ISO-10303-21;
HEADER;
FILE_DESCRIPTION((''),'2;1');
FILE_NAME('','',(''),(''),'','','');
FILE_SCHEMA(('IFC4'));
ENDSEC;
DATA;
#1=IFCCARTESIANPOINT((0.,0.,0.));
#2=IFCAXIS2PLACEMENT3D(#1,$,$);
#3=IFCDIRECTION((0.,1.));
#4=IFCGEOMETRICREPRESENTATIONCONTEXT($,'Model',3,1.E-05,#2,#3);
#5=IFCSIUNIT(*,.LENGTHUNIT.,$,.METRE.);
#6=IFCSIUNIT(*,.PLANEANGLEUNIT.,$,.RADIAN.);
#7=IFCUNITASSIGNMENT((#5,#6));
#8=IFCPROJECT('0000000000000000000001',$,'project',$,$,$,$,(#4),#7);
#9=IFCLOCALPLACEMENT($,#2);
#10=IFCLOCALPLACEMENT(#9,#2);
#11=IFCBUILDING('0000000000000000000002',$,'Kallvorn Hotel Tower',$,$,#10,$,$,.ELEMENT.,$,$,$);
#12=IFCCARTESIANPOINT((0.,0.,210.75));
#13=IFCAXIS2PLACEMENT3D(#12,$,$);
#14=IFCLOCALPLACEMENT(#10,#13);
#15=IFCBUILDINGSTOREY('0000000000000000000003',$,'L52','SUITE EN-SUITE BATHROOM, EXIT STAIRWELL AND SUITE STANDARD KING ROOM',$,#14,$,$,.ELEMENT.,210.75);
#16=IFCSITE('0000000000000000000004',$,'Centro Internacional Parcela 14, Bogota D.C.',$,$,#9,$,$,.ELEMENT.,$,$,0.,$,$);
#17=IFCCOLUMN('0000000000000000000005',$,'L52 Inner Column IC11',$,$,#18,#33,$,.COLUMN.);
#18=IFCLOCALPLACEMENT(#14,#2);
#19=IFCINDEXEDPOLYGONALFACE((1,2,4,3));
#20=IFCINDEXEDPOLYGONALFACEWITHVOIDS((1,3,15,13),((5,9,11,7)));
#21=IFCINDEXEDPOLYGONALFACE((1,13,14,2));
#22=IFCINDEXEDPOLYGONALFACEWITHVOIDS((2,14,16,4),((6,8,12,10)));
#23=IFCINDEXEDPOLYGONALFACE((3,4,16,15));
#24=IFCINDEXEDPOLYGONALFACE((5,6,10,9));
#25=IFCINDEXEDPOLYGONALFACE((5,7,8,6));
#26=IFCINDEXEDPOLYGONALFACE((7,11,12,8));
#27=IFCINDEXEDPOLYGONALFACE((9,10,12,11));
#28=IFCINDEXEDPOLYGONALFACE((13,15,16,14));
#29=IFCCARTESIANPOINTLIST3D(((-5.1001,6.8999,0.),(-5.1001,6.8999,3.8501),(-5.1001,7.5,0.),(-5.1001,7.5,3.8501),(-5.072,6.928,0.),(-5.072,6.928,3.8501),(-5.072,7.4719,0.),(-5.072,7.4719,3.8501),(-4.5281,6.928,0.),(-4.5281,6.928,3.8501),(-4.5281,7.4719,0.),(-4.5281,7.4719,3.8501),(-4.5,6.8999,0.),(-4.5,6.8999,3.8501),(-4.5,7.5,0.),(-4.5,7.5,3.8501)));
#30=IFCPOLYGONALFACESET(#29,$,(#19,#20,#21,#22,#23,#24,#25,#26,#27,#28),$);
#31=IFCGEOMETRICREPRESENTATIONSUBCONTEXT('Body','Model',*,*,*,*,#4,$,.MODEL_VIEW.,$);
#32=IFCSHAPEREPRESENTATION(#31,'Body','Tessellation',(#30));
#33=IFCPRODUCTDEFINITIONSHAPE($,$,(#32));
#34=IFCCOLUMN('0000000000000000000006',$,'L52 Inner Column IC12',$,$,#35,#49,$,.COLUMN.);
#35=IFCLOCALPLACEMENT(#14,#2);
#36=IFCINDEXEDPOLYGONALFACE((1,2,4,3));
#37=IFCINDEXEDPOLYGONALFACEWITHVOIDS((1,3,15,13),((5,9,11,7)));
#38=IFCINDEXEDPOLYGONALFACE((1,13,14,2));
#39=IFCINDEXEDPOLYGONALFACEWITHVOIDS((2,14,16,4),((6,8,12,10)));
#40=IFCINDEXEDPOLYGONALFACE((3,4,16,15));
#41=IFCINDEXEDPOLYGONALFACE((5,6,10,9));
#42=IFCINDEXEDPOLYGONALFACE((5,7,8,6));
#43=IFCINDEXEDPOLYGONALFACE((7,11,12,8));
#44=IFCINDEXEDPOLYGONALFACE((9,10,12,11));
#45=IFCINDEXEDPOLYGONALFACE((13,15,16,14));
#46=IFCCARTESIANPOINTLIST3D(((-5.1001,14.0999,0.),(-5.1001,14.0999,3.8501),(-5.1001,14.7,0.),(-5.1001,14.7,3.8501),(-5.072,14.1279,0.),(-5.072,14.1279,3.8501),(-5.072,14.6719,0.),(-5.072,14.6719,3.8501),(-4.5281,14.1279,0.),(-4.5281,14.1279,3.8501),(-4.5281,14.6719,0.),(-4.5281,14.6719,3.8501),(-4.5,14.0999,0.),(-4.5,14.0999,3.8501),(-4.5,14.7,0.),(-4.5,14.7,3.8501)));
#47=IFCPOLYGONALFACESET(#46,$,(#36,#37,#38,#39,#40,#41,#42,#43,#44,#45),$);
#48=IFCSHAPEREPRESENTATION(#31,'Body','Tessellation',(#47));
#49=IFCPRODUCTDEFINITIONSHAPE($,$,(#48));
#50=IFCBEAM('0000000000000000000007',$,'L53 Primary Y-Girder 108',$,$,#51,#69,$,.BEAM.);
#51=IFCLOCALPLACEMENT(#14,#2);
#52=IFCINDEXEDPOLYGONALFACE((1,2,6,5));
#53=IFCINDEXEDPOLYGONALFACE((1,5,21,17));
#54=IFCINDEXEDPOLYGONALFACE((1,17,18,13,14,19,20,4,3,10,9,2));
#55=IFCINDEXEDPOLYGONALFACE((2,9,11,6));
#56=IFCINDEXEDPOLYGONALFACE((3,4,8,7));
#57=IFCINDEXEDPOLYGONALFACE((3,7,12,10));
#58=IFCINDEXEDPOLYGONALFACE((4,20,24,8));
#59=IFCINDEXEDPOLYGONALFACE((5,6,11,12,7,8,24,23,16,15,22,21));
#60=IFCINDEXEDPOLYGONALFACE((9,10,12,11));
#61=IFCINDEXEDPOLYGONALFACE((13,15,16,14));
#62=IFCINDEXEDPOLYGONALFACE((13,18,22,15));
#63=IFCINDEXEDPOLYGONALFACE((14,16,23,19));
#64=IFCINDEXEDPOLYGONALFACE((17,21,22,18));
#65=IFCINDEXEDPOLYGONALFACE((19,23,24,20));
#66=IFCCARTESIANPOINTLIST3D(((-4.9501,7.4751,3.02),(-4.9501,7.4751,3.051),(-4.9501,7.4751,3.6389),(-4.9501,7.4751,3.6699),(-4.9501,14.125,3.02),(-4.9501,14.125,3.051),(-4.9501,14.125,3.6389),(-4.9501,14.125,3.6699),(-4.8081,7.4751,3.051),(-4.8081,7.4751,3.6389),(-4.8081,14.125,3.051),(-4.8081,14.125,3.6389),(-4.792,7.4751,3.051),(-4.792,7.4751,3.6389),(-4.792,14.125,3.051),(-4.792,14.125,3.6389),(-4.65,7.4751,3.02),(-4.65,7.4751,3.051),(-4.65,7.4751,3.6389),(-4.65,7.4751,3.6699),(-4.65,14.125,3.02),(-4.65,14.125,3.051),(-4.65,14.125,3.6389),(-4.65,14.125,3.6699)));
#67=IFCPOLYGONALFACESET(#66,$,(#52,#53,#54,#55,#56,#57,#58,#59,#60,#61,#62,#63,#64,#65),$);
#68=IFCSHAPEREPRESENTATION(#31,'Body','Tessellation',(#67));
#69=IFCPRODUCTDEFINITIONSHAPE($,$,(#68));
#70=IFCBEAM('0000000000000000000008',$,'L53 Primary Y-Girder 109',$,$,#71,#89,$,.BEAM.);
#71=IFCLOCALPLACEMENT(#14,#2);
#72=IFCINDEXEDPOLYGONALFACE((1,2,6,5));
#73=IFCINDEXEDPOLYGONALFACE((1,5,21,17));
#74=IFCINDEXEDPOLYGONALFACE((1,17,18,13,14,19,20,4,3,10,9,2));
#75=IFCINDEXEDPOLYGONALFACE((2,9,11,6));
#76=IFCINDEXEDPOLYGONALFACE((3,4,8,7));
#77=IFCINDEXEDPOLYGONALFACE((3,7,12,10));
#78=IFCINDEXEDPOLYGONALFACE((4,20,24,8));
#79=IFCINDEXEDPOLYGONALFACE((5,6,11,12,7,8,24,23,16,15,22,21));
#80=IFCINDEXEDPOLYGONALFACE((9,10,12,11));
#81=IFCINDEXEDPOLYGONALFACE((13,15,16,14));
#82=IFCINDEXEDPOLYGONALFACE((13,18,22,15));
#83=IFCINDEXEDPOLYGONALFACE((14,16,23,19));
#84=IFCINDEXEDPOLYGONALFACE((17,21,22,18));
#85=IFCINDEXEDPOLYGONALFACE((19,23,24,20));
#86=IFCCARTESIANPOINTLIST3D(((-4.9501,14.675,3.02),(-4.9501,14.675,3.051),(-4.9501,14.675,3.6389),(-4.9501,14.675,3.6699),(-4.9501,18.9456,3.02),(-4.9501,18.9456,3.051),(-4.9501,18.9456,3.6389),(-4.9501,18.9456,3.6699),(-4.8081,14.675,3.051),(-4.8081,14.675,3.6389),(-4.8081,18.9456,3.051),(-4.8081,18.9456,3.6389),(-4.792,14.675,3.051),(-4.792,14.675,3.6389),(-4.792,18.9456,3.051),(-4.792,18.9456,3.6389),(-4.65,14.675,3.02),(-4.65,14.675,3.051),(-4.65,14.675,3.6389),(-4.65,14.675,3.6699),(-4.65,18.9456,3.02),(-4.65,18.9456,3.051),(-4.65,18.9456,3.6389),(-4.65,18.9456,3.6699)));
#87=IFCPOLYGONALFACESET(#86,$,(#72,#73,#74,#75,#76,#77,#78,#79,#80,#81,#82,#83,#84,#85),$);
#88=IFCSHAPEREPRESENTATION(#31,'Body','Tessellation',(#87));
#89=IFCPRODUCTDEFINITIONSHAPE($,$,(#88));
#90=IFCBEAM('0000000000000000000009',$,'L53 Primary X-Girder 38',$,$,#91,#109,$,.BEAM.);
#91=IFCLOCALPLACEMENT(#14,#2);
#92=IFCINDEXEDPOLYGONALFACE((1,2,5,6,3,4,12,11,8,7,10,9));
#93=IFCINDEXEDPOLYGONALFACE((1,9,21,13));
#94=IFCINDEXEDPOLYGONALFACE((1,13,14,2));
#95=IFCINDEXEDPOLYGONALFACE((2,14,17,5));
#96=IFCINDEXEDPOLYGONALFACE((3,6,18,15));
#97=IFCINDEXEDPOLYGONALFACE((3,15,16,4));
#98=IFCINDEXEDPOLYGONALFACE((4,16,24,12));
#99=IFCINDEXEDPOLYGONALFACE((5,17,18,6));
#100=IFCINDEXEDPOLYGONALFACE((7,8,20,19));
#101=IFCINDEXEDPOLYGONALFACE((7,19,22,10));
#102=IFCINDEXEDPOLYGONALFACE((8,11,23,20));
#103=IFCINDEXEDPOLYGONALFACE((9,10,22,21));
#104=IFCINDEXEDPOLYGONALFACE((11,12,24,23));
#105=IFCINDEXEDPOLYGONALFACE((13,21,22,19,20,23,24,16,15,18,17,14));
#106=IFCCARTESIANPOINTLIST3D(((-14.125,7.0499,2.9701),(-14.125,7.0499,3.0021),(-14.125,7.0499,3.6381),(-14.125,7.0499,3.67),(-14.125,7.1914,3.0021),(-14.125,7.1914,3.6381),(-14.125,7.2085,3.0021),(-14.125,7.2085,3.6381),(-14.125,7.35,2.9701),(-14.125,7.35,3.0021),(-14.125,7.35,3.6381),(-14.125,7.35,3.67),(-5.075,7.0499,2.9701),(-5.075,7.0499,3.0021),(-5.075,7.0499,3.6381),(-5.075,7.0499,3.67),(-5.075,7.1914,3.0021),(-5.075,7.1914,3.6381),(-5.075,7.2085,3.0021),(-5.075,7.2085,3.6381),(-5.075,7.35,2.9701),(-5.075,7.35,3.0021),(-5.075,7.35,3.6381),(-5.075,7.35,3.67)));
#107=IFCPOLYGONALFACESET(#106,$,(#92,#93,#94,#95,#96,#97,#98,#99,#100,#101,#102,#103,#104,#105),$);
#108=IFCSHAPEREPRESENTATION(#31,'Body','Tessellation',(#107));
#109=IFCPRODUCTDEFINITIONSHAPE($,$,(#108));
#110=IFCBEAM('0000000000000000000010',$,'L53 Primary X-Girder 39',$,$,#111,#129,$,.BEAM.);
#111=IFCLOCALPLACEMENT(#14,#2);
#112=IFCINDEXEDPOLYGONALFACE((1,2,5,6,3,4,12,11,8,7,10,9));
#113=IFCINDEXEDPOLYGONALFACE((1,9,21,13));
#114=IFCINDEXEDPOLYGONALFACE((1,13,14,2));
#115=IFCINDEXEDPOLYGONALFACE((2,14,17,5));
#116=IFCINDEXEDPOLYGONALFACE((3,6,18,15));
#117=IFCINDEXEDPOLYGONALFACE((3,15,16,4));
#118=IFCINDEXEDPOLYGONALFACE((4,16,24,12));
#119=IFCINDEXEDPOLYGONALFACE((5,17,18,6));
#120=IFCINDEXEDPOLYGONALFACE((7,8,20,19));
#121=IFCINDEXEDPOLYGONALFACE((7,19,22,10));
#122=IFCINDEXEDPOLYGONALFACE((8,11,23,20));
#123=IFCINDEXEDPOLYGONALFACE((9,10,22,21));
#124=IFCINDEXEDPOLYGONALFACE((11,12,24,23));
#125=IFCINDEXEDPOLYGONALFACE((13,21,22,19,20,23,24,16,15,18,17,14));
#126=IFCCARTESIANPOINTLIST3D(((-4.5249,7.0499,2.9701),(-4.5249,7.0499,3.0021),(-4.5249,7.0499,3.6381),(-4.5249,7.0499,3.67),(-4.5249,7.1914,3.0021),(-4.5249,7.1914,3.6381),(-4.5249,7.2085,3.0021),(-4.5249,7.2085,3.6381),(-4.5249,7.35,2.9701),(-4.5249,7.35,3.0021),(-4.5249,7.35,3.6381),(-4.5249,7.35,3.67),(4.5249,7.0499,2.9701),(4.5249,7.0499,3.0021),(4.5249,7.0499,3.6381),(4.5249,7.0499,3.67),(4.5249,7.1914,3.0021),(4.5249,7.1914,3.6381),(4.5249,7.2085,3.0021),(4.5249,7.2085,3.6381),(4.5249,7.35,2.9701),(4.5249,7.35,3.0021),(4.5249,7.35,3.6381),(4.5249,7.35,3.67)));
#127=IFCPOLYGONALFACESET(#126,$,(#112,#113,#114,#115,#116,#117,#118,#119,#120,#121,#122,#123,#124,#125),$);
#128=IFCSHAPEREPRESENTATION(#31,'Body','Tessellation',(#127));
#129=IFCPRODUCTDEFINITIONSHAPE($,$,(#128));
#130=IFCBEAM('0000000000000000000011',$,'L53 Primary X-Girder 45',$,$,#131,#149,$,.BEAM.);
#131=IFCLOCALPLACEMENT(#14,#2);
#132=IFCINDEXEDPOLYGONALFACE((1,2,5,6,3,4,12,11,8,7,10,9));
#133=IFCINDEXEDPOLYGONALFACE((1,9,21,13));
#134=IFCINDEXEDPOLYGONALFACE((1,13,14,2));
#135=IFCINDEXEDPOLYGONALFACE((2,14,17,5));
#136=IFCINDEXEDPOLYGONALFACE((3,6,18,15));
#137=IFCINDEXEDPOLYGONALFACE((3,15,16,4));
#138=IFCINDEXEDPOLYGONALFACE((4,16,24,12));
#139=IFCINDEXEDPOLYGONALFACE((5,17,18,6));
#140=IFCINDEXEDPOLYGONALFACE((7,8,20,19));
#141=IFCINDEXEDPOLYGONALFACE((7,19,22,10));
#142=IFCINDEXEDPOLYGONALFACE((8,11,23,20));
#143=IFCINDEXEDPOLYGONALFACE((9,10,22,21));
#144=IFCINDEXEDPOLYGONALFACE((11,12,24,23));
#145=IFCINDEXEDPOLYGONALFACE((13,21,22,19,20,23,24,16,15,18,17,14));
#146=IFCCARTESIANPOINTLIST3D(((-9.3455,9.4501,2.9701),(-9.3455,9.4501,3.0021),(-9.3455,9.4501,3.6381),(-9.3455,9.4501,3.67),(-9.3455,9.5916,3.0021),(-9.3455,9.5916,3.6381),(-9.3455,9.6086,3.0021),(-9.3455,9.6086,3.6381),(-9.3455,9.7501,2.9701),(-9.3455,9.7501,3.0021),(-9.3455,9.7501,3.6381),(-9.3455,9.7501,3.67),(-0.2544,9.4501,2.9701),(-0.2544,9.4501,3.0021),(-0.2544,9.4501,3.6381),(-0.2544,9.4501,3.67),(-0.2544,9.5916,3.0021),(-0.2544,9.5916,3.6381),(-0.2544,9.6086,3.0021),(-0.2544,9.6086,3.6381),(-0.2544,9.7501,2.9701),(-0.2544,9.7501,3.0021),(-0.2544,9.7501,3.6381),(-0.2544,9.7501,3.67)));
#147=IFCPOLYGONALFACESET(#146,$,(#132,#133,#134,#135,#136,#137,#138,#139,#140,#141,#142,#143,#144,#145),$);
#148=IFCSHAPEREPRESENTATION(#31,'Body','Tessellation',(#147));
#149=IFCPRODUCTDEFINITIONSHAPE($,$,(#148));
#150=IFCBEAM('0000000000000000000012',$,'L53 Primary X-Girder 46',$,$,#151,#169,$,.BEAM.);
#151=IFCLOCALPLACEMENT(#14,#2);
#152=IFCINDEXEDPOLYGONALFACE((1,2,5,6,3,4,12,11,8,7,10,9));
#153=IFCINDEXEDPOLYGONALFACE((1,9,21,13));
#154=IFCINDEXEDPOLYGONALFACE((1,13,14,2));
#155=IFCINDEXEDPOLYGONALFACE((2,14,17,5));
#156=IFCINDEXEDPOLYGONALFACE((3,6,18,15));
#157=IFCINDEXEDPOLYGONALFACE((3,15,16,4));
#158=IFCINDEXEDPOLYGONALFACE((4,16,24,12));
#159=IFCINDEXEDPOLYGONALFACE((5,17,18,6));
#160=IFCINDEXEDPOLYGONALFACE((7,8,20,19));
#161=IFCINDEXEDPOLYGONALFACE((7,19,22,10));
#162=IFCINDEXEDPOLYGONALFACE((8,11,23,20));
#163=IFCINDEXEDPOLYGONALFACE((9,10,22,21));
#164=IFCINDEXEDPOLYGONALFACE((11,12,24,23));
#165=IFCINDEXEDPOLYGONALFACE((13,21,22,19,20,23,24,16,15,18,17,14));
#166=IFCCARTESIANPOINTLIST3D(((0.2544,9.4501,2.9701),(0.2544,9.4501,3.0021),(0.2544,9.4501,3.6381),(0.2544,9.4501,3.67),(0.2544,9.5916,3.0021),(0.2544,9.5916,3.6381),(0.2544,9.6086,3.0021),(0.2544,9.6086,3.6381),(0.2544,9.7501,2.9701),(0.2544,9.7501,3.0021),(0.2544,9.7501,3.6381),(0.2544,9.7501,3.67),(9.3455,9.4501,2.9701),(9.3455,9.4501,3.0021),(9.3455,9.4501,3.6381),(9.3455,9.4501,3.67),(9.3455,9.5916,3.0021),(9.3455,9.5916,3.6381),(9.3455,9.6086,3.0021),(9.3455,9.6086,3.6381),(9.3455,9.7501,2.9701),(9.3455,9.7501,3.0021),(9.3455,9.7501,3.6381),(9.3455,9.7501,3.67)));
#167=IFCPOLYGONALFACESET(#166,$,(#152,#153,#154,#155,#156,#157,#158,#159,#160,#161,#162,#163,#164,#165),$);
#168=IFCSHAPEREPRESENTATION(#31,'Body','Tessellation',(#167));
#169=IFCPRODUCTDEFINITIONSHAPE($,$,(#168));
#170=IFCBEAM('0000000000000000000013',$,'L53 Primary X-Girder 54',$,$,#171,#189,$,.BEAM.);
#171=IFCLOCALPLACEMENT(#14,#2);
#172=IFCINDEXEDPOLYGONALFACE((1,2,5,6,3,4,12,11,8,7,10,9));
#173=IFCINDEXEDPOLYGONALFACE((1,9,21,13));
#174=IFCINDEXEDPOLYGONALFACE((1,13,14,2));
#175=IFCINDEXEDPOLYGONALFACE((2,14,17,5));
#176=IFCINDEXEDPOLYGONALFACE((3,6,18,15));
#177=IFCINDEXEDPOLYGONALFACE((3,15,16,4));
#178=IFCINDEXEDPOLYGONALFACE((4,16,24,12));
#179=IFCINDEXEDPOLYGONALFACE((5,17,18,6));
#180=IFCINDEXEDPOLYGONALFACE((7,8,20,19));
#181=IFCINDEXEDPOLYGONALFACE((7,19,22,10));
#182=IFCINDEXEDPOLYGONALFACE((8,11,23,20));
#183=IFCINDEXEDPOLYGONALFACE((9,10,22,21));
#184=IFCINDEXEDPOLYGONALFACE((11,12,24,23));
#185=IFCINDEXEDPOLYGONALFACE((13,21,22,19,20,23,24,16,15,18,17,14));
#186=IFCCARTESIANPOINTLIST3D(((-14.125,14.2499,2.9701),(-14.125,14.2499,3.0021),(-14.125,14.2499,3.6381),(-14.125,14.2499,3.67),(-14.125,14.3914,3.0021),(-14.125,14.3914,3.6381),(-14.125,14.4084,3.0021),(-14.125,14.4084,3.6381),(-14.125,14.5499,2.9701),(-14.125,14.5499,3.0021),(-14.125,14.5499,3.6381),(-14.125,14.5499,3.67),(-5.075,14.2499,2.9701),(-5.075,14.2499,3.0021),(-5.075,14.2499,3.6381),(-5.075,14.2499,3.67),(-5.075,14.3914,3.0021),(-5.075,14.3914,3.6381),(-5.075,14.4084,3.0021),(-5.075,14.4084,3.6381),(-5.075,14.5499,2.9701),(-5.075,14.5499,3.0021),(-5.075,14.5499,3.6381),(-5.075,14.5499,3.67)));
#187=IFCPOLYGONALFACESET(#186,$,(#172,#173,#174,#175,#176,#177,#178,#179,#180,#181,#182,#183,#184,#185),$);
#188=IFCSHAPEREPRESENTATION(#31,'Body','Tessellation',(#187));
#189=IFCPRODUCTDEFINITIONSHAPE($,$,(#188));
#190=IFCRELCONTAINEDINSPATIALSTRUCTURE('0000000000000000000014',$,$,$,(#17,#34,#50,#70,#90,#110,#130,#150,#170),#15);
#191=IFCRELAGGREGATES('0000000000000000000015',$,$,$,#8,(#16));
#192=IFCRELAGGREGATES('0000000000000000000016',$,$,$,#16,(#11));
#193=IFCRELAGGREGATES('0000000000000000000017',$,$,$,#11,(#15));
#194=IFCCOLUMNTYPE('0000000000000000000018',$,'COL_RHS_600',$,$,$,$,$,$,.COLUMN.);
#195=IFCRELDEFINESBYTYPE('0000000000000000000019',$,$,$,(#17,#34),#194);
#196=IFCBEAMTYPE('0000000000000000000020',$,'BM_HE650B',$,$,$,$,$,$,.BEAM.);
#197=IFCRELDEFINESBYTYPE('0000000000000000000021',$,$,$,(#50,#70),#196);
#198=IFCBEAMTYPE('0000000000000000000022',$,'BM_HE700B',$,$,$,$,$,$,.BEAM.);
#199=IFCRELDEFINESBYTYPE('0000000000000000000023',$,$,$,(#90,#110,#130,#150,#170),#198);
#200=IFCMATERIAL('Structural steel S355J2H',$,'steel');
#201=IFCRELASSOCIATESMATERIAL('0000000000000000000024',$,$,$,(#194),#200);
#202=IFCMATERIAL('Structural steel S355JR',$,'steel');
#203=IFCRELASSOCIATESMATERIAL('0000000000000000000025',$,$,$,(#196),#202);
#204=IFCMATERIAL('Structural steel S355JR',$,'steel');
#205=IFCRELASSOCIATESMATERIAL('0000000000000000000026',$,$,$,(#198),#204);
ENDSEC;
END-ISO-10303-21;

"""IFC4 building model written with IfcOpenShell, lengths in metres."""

from ifc_helpers import new_model, si_unit, direction, frame, origin, origin_2d, place, context, subcontext, project, spatial, hollow_rectangle, i_section, extrude, material, material_profile, profile_set, type_object, element, save


model = new_model("IFC4")

# Units and contexts
model_context = context("Model", 3, precision=1e-05, world=origin(), true_north=direction((0.0, 1.0)))
body_context = subcontext(model_context, "Body", "Model", "MODEL_VIEW")
ifc_project = project(units=[si_unit("LENGTHUNIT", "METRE"), si_unit("PLANEANGLEUNIT", "RADIAN")], contexts=[model_context])

# Site, building, storey
site_placement = place(None, origin())
site = spatial("IfcSite", under=ifc_project, at=site_placement, Name="Centro Internacional Parcela 14, Bogota D.C.", CompositionType="ELEMENT", RefElevation=0.0)
building_placement = place(site_placement, origin())
building = spatial("IfcBuilding", under=site, at=building_placement, Name="Kallvorn Hotel Tower", CompositionType="ELEMENT")
storey_placement = place(building_placement, frame((0.0, 0.0, 210.75)))
storey = spatial("IfcBuildingStorey", under=building, at=storey_placement, Name="L52", Description="SUITE EN-SUITE BATHROOM, EXIT STAIRWELL AND SUITE STANDARD KING ROOM", CompositionType="ELEMENT", Elevation=210.75)

# Columns
ifc_material_1 = material(Name="Structural steel S355J2H", Category="steel")
ifc_material_profile_1 = material_profile(ifc_material_1, hollow_rectangle(XDim=0.6001, YDim=0.6001, WallThickness=0.0281, at=origin_2d()), Name="RHS 600x600x28")
ifc_profile_set_1 = profile_set([ifc_material_profile_1], Name="Structural steel S355J2H")
column_type_1 = type_object("IfcColumnType", Name="COL_RHS_600", PredefinedType="COLUMN", material=ifc_profile_set_1)
for number, where, z_axis, x_axis, name in (
    (1, (-4.8, 7.2, 0.0), (0.0, 0.0, 1.0), (1.0, 0.0, 0.0), "L52 Inner Column IC11"),
    (2, (-4.8, 14.3999, 0.0), (0.0, 0.0, 1.0), (1.0, 0.0, 0.0), "L52 Inner Column IC12"),
):
    element("IfcColumn", number, at=place(storey_placement, frame(where, z_axis=z_axis, x_axis=x_axis)), inside=storey, type_object=column_type_1, Name=name, PredefinedType="COLUMN", context=body_context, shape_type="SweptSolid", body=[
        extrude(hollow_rectangle(XDim=0.6001, YDim=0.6001, WallThickness=0.0281, at=origin_2d()), origin(), (0.0, 0.0, 1.0), 3.8501),
    ])

# Beams
ifc_material_2 = material(Name="Structural steel S355JR", Category="steel")
ifc_material_profile_2 = material_profile(ifc_material_2, i_section(OverallWidth=0.3, OverallDepth=0.6499, WebThickness=0.0161, FlangeThickness=0.031, at=origin_2d()), Name="HE 650 B")
ifc_profile_set_2 = profile_set([ifc_material_profile_2], Name="Structural steel S355JR")
beam_type_1 = type_object("IfcBeamType", Name="BM_HE650B", PredefinedType="BEAM", material=ifc_profile_set_2)
beam_1_placement = place(storey_placement, frame((-4.8, 7.4751, 3.345), z_axis=(0.0, 1.0, 0.0), x_axis=(-1.0, 0.0, 0.0)))
element("IfcBeam", 3, at=beam_1_placement, inside=storey, type_object=beam_type_1, Name="L53 Primary Y-Girder 108", PredefinedType="BEAM", context=body_context, shape_type="SweptSolid", body=[
    extrude(i_section(OverallWidth=0.3, OverallDepth=0.6499, WebThickness=0.0161, FlangeThickness=0.031, at=origin_2d()), origin(), (0.0, 0.0, 1.0), 6.6499),
])
beam_2_placement = place(storey_placement, frame((-4.8, 14.675, 3.345), z_axis=(0.0, 1.0, 0.0), x_axis=(-1.0, 0.0, 0.0)))
element("IfcBeam", 4, at=beam_2_placement, inside=storey, type_object=beam_type_1, Name="L53 Primary Y-Girder 109", PredefinedType="BEAM", context=body_context, shape_type="SweptSolid", body=[
    extrude(i_section(OverallWidth=0.3, OverallDepth=0.6499, WebThickness=0.0161, FlangeThickness=0.031, at=origin_2d()), origin(), (0.0, 0.0, 1.0), 4.2705),
])
ifc_material_3 = material(Name="Structural steel S355JR", Category="steel")
ifc_material_profile_3 = material_profile(ifc_material_3, i_section(OverallWidth=0.3, OverallDepth=0.7, WebThickness=0.0171, FlangeThickness=0.032, at=origin_2d()), Name="HE 700 B")
ifc_profile_set_3 = profile_set([ifc_material_profile_3], Name="Structural steel S355JR")
beam_type_2 = type_object("IfcBeamType", Name="BM_HE700B", PredefinedType="BEAM", material=ifc_profile_set_3)
beam_3_placement = place(storey_placement, frame((-14.125, 7.2, 3.3201), z_axis=(1.0, 0.0, 0.0), x_axis=(0.0, 1.0, 0.0)))
element("IfcBeam", 5, at=beam_3_placement, inside=storey, type_object=beam_type_2, Name="L53 Primary X-Girder 38", PredefinedType="BEAM", context=body_context, shape_type="SweptSolid", body=[
    extrude(i_section(OverallWidth=0.3, OverallDepth=0.7, WebThickness=0.0171, FlangeThickness=0.032, at=origin_2d()), origin(), (0.0, 0.0, 1.0), 9.05),
])
beam_4_placement = place(storey_placement, frame((-4.5249, 7.2, 3.3201), z_axis=(1.0, 0.0, 0.0), x_axis=(0.0, 1.0, 0.0)))
element("IfcBeam", 6, at=beam_4_placement, inside=storey, type_object=beam_type_2, Name="L53 Primary X-Girder 39", PredefinedType="BEAM", context=body_context, shape_type="SweptSolid", body=[
    extrude(i_section(OverallWidth=0.3, OverallDepth=0.7, WebThickness=0.0171, FlangeThickness=0.032, at=origin_2d()), origin(), (0.0, 0.0, 1.0), 9.0498),
])
for number, where, z_axis, x_axis, name in (
    (7, (-9.3455, 9.6001, 3.3201), (1.0, 0.0, 0.0), (0.0, 1.0, 0.0), "L53 Primary X-Girder 45"),
    (8, (0.2544, 9.6001, 3.3201), (1.0, 0.0, 0.0), (0.0, 1.0, 0.0), "L53 Primary X-Girder 46"),
):
    element("IfcBeam", number, at=place(storey_placement, frame(where, z_axis=z_axis, x_axis=x_axis)), inside=storey, type_object=beam_type_2, Name=name, PredefinedType="BEAM", context=body_context, shape_type="SweptSolid", body=[
        extrude(i_section(OverallWidth=0.3, OverallDepth=0.7, WebThickness=0.0171, FlangeThickness=0.032, at=origin_2d()), origin(), (0.0, 0.0, 1.0), 9.0911),
    ])
beam_5_placement = place(storey_placement, frame((-14.125, 14.3999, 3.3201), z_axis=(1.0, 0.0, 0.0), x_axis=(0.0, 1.0, 0.0)))
element("IfcBeam", 9, at=beam_5_placement, inside=storey, type_object=beam_type_2, Name="L53 Primary X-Girder 54", PredefinedType="BEAM", context=body_context, shape_type="SweptSolid", body=[
    extrude(i_section(OverallWidth=0.3, OverallDepth=0.7, WebThickness=0.0171, FlangeThickness=0.032, at=origin_2d()), origin(), (0.0, 0.0, 1.0), 9.05),
])

save(model, "model.ifc")
